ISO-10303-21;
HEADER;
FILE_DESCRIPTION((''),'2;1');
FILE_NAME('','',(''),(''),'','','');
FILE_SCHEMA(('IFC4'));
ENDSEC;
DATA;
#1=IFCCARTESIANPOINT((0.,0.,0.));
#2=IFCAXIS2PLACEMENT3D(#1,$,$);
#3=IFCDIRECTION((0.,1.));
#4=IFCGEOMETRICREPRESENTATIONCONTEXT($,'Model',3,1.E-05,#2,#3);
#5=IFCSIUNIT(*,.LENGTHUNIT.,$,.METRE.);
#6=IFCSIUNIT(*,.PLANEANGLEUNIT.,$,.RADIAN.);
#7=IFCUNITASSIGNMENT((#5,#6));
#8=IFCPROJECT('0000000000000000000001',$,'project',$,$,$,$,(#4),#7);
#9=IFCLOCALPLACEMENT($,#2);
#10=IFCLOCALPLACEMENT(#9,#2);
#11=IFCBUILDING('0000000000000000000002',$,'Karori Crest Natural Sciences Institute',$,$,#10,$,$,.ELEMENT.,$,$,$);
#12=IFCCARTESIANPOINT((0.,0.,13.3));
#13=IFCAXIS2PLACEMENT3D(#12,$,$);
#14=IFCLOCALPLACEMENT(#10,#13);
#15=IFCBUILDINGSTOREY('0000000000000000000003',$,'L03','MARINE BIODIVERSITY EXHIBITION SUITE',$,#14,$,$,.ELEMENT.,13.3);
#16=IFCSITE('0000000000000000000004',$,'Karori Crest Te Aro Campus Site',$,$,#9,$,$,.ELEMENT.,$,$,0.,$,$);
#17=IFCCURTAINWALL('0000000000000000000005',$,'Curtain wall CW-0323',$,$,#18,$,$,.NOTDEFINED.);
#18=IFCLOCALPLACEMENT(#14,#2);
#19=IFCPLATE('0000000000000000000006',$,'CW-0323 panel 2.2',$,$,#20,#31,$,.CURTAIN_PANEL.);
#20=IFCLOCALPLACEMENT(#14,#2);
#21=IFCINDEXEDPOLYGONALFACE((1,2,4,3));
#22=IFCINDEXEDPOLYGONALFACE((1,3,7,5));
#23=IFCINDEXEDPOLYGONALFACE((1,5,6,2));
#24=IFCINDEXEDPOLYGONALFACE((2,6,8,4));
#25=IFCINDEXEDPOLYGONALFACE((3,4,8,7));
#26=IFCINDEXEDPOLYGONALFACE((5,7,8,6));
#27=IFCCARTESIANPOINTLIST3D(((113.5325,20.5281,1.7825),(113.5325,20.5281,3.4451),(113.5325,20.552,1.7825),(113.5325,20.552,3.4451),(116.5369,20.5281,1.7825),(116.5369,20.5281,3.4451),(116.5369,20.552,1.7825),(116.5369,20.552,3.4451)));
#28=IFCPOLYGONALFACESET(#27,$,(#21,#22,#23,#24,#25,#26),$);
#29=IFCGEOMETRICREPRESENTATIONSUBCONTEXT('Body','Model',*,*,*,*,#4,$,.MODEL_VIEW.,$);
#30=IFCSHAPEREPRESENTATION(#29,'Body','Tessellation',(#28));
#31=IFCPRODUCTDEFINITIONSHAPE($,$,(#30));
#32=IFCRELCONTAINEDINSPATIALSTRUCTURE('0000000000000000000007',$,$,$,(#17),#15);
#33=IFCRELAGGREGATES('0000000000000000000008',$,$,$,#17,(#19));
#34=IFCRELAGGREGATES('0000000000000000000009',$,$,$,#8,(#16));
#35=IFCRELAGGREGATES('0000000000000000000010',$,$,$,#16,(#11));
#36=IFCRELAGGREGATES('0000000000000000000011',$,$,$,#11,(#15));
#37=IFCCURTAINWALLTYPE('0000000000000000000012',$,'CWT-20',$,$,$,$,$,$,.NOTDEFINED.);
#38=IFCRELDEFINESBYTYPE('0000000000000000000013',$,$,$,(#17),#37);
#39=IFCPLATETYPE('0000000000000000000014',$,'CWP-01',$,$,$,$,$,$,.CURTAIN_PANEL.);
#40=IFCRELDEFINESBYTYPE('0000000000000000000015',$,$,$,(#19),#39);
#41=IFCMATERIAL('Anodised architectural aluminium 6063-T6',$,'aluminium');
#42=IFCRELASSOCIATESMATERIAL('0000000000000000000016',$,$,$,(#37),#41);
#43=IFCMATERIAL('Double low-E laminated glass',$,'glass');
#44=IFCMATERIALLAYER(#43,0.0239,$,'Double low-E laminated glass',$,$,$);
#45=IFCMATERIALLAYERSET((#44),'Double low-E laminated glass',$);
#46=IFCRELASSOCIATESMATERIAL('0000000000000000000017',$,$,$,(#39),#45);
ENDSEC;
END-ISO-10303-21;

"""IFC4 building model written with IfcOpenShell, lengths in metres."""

from ifc_helpers import new_model, si_unit, direction, frame, origin, origin_2d, place, context, subcontext, project, spatial, rectangle, extrude, material, layer, layer_set, type_object, element, aggregate, save


model = new_model("IFC4")

# Units and contexts
model_context = context("Model", 3, precision=1e-05, world=origin(), true_north=direction((0.0, 1.0)))
body_context = subcontext(model_context, "Body", "Model", "MODEL_VIEW")
ifc_project = project(units=[si_unit("LENGTHUNIT", "METRE"), si_unit("PLANEANGLEUNIT", "RADIAN")], contexts=[model_context])

# Site, building, storey
site_placement = place(None, origin())
site = spatial("IfcSite", under=ifc_project, at=site_placement, Name="Karori Crest Te Aro Campus Site", CompositionType="ELEMENT", RefElevation=0.0)
building_placement = place(site_placement, origin())
building = spatial("IfcBuilding", under=site, at=building_placement, Name="Karori Crest Natural Sciences Institute", CompositionType="ELEMENT")
storey_placement = place(building_placement, frame((0.0, 0.0, 13.3)))
storey = spatial("IfcBuildingStorey", under=building, at=storey_placement, Name="L03", Description="MARINE BIODIVERSITY EXHIBITION SUITE", CompositionType="ELEMENT", Elevation=13.3)

# Curtain wall
ifc_material_1 = material(Name="Anodised architectural aluminium 6063-T6", Category="aluminium")
curtain_wall_type = type_object("IfcCurtainWallType", Name="CWT-20", PredefinedType="NOTDEFINED", material=ifc_material_1)
curtain_wall_1_placement = place(storey_placement, origin())
curtain_wall_1 = element("IfcCurtainWall", 1, at=curtain_wall_1_placement, inside=storey, type_object=curtain_wall_type, Name="Curtain wall CW-0323", PredefinedType="NOTDEFINED")

# Plate
ifc_material_2 = material(Name="Double low-E laminated glass", Category="glass")
ifc_layer = layer(ifc_material_2, 0.0239, Name="Double low-E laminated glass")
ifc_layer_set = layer_set([ifc_layer], Name="Double low-E laminated glass")
plate_type = type_object("IfcPlateType", Name="CWP-01", PredefinedType="CURTAIN_PANEL", material=ifc_layer_set)
plate_1_placement = place(storey_placement, frame((115.0347, 20.54, 1.7825), z_axis=(0.0, 0.0, 1.0), x_axis=(1.0, 0.0, 0.0)))
plate_1 = element("IfcPlate", 2, at=plate_1_placement, type_object=plate_type, Name="CW-0323 panel 2.2", PredefinedType="CURTAIN_PANEL", context=body_context, shape_type="SweptSolid", body=[
    extrude(rectangle(XDim=3.0044, YDim=0.0239, at=origin_2d()), origin(), (0.0, 0.0, 1.0), 1.6626),
])
aggregate(curtain_wall_1, [plate_1])

save(model, "model.ifc")
